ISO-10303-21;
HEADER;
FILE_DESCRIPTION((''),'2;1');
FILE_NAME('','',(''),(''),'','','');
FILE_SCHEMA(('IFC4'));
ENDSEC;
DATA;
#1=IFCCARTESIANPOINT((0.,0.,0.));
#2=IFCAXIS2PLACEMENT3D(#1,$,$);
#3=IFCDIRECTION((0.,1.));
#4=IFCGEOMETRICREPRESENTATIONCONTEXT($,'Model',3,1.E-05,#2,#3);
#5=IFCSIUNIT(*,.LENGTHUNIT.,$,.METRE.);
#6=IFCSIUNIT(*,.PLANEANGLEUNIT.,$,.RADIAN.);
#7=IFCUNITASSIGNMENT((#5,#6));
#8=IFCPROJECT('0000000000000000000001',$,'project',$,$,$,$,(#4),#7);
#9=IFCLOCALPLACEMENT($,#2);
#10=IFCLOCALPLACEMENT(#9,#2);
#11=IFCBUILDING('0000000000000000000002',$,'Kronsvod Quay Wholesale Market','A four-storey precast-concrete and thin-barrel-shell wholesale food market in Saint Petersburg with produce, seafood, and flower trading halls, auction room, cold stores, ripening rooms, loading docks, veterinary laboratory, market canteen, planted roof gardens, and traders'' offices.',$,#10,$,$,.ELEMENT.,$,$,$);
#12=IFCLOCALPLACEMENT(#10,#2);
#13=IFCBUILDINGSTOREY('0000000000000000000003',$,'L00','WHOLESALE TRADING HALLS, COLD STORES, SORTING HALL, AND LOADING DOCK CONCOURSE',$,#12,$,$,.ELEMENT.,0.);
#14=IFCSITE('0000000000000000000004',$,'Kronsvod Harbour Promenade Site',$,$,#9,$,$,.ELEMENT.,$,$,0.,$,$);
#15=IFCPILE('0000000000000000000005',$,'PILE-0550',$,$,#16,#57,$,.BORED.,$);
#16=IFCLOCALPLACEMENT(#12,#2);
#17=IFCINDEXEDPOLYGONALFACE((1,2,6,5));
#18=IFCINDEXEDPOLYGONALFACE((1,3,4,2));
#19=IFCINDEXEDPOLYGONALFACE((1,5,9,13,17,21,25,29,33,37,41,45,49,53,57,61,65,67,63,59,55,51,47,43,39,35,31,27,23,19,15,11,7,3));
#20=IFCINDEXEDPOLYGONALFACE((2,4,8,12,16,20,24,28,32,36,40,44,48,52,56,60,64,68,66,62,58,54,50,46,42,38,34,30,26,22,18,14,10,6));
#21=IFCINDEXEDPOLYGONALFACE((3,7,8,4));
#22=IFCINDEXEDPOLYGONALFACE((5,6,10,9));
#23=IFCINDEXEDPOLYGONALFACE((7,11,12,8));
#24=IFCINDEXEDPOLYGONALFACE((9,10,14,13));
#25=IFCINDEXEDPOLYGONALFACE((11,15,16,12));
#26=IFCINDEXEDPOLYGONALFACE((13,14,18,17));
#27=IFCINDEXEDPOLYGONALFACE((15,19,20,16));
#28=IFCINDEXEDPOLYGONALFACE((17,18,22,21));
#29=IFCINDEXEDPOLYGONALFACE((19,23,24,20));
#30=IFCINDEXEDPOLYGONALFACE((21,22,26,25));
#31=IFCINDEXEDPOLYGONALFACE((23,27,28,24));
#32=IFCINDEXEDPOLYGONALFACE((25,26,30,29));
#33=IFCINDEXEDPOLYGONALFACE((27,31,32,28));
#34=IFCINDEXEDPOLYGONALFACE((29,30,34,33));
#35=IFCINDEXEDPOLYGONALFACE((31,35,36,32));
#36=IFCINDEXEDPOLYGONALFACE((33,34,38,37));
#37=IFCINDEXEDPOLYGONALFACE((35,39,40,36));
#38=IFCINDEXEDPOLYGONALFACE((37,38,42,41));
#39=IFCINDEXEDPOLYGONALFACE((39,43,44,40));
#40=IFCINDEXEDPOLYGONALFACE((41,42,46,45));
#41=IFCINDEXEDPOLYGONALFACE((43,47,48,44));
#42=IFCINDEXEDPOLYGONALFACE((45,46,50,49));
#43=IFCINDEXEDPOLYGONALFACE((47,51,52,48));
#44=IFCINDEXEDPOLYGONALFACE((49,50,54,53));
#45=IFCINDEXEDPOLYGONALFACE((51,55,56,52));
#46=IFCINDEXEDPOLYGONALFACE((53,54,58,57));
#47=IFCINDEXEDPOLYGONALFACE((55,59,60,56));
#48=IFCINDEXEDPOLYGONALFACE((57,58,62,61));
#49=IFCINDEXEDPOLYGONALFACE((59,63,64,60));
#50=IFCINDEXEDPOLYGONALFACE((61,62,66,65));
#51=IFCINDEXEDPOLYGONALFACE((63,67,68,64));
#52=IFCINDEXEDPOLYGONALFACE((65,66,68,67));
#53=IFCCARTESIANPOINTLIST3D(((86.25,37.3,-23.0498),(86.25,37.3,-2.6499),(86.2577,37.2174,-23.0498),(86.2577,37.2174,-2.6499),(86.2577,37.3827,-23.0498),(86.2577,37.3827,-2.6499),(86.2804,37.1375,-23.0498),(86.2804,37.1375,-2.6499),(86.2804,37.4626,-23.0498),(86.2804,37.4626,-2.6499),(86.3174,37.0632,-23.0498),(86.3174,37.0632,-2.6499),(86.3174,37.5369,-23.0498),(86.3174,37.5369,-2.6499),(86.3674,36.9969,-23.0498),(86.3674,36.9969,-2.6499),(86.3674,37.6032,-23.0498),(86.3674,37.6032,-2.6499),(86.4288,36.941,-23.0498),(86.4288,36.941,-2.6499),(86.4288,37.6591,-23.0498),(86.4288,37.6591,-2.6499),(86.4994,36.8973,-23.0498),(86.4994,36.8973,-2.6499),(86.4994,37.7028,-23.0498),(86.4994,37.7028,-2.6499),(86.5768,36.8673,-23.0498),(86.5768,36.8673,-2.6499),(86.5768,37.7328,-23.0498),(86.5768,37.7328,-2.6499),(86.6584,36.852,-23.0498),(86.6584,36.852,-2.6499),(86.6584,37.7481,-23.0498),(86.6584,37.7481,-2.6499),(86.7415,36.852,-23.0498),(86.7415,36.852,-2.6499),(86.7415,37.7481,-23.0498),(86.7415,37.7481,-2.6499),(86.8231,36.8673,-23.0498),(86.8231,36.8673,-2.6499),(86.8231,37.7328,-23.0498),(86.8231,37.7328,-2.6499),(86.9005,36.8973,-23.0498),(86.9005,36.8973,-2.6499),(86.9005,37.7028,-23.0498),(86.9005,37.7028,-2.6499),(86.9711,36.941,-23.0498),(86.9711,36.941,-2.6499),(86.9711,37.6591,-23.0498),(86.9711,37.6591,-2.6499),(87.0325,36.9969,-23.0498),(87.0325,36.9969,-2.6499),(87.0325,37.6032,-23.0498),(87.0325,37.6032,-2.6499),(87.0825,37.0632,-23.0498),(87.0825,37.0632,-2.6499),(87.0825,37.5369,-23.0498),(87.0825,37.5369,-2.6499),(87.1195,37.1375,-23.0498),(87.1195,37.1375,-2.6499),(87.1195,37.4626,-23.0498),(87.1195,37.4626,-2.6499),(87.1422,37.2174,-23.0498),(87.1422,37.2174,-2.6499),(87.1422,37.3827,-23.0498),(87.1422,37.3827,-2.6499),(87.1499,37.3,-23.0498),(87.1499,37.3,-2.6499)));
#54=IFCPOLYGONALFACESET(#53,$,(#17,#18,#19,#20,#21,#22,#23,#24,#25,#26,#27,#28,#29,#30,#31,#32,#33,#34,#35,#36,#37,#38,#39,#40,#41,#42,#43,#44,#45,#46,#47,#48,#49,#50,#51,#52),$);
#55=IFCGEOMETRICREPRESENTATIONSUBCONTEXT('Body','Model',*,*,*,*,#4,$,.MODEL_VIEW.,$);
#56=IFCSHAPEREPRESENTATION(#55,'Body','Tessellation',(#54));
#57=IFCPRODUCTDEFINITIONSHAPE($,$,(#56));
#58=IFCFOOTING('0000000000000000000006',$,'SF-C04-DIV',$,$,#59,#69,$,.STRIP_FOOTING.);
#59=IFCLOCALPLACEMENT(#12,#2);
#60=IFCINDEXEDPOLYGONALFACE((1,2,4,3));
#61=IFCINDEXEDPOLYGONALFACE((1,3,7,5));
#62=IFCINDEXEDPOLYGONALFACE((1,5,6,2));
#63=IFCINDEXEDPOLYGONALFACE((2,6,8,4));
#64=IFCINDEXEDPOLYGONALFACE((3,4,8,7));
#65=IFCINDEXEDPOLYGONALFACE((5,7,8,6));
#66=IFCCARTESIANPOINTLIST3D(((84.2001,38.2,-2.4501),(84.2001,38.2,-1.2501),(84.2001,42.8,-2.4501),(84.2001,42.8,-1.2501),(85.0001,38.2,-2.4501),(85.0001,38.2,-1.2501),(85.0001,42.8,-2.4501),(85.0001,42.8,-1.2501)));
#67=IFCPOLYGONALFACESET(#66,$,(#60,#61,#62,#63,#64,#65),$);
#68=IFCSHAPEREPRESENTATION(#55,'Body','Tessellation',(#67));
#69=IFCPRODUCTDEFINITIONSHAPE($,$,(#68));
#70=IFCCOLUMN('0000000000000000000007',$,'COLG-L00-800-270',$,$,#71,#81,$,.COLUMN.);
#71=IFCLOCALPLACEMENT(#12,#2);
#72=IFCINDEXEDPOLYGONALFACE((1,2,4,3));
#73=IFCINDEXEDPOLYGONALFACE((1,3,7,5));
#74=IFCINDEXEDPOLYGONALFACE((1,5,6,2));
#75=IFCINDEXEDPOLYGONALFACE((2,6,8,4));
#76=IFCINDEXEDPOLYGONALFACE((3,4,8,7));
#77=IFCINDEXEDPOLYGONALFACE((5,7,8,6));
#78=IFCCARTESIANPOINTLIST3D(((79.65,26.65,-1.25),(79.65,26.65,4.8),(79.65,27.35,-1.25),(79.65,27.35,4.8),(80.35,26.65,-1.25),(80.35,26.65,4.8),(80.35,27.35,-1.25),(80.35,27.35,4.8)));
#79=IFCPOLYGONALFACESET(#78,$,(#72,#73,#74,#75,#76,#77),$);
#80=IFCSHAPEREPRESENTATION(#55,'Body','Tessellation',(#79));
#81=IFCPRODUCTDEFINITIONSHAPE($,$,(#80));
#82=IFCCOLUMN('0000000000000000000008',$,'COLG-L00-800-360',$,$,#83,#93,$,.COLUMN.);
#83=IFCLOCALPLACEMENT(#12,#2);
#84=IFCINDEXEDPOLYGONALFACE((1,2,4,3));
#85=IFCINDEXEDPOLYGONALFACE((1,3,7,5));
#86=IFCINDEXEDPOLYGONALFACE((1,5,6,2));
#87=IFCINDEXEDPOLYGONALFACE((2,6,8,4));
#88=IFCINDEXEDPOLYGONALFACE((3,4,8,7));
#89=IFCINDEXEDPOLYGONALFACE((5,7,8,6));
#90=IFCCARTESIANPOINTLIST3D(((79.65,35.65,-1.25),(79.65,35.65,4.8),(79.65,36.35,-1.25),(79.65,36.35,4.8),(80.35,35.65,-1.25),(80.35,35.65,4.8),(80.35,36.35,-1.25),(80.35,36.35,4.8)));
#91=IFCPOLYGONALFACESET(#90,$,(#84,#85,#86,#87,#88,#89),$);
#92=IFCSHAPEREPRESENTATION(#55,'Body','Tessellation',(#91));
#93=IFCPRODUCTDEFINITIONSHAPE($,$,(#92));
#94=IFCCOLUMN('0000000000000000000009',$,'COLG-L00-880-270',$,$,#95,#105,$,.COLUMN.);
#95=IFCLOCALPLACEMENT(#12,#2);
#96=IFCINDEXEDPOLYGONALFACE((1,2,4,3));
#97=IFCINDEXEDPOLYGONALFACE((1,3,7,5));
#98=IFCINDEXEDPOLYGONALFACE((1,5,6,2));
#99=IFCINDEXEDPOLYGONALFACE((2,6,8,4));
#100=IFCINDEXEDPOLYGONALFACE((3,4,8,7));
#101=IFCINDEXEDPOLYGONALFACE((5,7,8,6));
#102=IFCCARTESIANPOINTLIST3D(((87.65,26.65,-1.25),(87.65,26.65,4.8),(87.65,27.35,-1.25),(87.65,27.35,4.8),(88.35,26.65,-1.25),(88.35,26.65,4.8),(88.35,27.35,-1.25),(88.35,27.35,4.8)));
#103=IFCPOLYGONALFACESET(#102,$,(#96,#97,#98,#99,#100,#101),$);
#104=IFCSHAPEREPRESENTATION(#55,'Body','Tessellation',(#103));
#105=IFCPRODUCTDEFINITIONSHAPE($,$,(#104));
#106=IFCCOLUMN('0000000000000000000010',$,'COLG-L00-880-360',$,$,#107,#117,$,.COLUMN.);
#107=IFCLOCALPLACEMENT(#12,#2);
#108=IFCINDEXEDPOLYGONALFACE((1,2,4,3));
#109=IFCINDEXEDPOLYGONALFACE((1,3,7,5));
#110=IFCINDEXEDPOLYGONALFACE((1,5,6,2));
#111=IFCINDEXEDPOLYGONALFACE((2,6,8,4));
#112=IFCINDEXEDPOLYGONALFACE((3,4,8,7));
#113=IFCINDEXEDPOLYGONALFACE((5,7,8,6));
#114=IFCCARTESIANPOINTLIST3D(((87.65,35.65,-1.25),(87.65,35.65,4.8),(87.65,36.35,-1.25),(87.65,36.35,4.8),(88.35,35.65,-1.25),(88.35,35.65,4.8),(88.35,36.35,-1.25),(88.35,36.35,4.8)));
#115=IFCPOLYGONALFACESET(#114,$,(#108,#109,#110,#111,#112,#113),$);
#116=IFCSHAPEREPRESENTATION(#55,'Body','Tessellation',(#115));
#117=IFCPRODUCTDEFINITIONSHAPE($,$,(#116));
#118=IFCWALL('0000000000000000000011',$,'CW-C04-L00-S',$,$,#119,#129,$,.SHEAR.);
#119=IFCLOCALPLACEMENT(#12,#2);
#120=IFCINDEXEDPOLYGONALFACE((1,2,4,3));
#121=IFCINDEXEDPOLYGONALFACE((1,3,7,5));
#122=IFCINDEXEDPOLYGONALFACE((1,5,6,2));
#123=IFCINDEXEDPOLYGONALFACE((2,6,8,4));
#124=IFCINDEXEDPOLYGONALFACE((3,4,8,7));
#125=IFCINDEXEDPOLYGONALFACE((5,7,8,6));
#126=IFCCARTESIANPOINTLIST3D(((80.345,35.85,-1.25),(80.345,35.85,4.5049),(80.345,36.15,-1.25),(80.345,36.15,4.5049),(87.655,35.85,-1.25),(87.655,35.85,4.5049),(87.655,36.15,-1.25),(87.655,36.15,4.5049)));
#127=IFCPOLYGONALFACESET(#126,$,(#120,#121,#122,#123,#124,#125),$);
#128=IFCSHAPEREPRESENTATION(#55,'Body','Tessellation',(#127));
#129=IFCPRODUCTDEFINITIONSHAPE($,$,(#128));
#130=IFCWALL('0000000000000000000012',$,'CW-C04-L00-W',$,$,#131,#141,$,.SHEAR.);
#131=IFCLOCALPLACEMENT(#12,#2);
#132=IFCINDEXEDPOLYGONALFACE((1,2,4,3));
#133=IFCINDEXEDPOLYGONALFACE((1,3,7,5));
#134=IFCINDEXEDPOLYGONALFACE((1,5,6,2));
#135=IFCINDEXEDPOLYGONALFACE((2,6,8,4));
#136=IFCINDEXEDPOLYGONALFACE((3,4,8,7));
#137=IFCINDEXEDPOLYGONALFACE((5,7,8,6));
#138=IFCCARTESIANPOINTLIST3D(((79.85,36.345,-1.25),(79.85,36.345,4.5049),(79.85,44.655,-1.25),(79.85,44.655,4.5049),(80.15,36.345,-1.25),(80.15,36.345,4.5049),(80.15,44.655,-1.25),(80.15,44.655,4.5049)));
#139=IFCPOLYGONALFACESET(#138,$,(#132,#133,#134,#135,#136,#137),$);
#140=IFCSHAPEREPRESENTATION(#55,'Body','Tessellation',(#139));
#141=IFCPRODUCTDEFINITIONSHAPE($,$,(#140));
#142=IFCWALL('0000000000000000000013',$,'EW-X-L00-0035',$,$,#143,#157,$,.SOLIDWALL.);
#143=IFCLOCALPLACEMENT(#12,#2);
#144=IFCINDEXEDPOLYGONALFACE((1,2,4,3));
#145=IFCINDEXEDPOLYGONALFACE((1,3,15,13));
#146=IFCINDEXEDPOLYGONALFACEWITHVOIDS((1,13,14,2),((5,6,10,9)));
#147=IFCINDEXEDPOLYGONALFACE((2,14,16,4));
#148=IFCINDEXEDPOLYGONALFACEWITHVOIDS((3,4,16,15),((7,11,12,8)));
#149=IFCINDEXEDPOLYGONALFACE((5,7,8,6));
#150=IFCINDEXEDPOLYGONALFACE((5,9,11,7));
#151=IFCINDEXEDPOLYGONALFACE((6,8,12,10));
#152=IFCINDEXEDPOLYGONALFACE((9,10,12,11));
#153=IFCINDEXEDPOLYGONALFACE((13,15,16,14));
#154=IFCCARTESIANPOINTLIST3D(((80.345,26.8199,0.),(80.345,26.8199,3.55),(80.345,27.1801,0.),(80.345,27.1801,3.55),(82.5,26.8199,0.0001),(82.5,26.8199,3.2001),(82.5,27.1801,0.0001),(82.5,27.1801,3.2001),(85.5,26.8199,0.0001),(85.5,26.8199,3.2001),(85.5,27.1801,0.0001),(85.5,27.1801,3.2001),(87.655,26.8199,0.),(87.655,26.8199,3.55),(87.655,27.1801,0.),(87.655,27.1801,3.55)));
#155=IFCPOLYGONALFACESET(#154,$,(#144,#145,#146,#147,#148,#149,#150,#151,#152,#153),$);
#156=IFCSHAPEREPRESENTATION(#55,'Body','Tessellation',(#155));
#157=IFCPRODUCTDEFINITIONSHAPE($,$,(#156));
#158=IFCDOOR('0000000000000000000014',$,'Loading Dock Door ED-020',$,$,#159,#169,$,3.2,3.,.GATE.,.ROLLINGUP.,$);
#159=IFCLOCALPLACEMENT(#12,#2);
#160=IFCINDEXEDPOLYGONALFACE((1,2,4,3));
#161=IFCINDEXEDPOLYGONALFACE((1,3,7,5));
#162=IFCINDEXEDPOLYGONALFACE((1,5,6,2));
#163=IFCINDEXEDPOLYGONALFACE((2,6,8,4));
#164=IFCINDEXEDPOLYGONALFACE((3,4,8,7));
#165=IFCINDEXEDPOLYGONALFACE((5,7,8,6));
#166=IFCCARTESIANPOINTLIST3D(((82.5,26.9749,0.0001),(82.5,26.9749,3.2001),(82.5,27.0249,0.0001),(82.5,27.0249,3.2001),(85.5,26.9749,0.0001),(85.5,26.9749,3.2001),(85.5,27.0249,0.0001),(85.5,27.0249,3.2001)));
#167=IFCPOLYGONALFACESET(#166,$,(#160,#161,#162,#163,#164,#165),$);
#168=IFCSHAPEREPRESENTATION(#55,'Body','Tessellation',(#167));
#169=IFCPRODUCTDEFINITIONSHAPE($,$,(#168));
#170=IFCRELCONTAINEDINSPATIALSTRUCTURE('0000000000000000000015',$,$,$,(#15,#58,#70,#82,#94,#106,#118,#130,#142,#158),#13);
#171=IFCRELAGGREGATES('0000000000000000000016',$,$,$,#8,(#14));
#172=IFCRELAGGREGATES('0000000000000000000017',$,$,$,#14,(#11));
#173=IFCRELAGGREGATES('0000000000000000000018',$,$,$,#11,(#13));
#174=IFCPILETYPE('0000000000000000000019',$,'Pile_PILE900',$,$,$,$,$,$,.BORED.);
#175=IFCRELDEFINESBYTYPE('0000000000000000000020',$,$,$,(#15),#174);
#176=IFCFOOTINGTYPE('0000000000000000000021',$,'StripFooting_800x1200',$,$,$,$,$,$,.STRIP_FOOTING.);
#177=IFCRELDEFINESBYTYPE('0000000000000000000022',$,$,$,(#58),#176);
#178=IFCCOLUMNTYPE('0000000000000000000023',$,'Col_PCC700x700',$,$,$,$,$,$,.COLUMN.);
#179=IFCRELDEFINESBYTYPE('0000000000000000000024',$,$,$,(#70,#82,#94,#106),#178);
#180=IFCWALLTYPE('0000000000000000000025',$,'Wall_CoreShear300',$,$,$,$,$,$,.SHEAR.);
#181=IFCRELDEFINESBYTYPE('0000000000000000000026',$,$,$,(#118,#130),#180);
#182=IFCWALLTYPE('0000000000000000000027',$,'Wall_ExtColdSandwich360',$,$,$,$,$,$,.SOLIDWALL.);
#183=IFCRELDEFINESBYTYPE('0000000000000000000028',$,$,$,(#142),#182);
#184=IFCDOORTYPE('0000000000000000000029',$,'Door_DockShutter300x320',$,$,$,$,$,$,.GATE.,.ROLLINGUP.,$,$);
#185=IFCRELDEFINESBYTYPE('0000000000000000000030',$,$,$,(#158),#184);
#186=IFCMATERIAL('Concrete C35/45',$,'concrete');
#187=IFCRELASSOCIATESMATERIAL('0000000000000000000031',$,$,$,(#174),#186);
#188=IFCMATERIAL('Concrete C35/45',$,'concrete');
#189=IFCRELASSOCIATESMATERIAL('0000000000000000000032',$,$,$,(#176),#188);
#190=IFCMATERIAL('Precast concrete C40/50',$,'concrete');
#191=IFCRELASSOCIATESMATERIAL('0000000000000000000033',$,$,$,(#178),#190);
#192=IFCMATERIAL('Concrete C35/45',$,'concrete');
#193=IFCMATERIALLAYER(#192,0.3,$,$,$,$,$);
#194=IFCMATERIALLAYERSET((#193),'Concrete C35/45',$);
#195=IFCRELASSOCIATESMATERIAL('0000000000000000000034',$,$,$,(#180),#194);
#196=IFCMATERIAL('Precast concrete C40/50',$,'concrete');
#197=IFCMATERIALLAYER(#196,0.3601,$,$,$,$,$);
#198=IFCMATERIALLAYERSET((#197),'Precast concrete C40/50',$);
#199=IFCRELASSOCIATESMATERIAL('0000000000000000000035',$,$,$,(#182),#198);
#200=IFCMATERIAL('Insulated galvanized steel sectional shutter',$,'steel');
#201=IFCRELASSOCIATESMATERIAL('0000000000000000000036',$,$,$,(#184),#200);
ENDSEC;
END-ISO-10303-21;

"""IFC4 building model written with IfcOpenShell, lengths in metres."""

from ifc_helpers import new_model, si_unit, direction, frame, frame_2d, origin, origin_2d, place, context, subcontext, project, spatial, rectangle, circle, extrude, material, layer, layer_set, material_profile, profile_set, type_object, element, fill, save


model = new_model("IFC4")

# Units and contexts
model_context = context("Model", 3, precision=1e-05, world=origin(), true_north=direction((0.0, 1.0)))
body_context = subcontext(model_context, "Body", "Model", "MODEL_VIEW")
ifc_project = project(units=[si_unit("LENGTHUNIT", "METRE"), si_unit("PLANEANGLEUNIT", "RADIAN")], contexts=[model_context])

# Site, building, storey
site_placement = place(None, origin())
site = spatial("IfcSite", under=ifc_project, at=site_placement, Name="Kronsvod Harbour Promenade Site", CompositionType="ELEMENT", RefElevation=0.0)
building_placement = place(site_placement, origin())
building = spatial("IfcBuilding", under=site, at=building_placement, Name="Kronsvod Quay Wholesale Market", Description="A four-storey precast-concrete and thin-barrel-shell wholesale food market in Saint Petersburg with produce, seafood, and flower trading halls, auction room, cold stores, ripening rooms, loading docks, veterinary laboratory, market canteen, planted roof gardens, and traders' offices.", CompositionType="ELEMENT")
storey_placement = place(building_placement, origin())
storey = spatial("IfcBuildingStorey", under=building, at=storey_placement, Name="L00", Description="WHOLESALE TRADING HALLS, COLD STORES, SORTING HALL, AND LOADING DOCK CONCOURSE", CompositionType="ELEMENT", Elevation=0.0)

# Pile
ifc_material_1 = material(Name="Concrete C35/45", Category="concrete")
ifc_material_profile_1 = material_profile(ifc_material_1, circle(Radius=0.45, at=origin_2d()), Name="PILE900")
ifc_profile_set_1 = profile_set([ifc_material_profile_1], Name="Concrete C35/45")
pile_type_1 = type_object("IfcPileType", Name="Pile_PILE900", PredefinedType="BORED", material=ifc_profile_set_1)
for number, where, z_axis, x_axis, name in (
    (1, (86.7, 37.3, -2.6499), (0.0, 0.0, -1.0), (1.0, 0.0, 0.0), "PILE-0550"),
):
    element("IfcPile", number, at=place(storey_placement, frame(where, z_axis=z_axis, x_axis=x_axis)), inside=storey, type_object=pile_type_1, Name=name, PredefinedType="BORED", context=body_context, shape_type="SweptSolid", body=[
        extrude(circle(Radius=0.45, at=origin_2d()), origin(), (0.0, 0.0, 1.0), 20.3999),
    ])

# Footing
ifc_material_2 = material(Name="Concrete C35/45", Category="concrete")
ifc_material_profile_2 = material_profile(ifc_material_2, rectangle(XDim=0.8, YDim=1.2, at=origin_2d()), Name="SF-01")
ifc_profile_set_2 = profile_set([ifc_material_profile_2], Name="Concrete C35/45")
footing_type_1 = type_object("IfcFootingType", Name="StripFooting_800x1200", PredefinedType="STRIP_FOOTING", material=ifc_profile_set_2)
footing_1_placement = place(storey_placement, frame((84.6001, 38.2, -1.8501), z_axis=(0.0, 1.0, 0.0), x_axis=(-1.0, 0.0, 0.0)))
element("IfcFooting", 2, at=footing_1_placement, inside=storey, type_object=footing_type_1, Name="SF-C04-DIV", PredefinedType="STRIP_FOOTING", context=body_context, shape_type="SweptSolid", body=[
    extrude(rectangle(XDim=0.8, YDim=1.2, at=origin_2d()), origin(), (0.0, 0.0, 1.0), 4.6001),
])

# Columns
ifc_material_3 = material(Name="Precast concrete C40/50", Category="concrete")
ifc_material_profile_3 = material_profile(ifc_material_3, rectangle(XDim=0.7, YDim=0.7, at=origin_2d()), Name="PCC700x700")
ifc_profile_set_3 = profile_set([ifc_material_profile_3], Name="Precast concrete C40/50")
column_type = type_object("IfcColumnType", Name="Col_PCC700x700", PredefinedType="COLUMN", material=ifc_profile_set_3)
for number, where, z_axis, x_axis, name in (
    (3, (80.0, 27.0, -1.25), (0.0, 0.0, 1.0), (1.0, 0.0, 0.0), "COLG-L00-800-270"),
    (4, (80.0, 36.0, -1.25), (0.0, 0.0, 1.0), (1.0, 0.0, 0.0), "COLG-L00-800-360"),
    (5, (88.0, 27.0, -1.25), (0.0, 0.0, 1.0), (1.0, 0.0, 0.0), "COLG-L00-880-270"),
    (6, (88.0, 36.0, -1.25), (0.0, 0.0, 1.0), (1.0, 0.0, 0.0), "COLG-L00-880-360"),
):
    element("IfcColumn", number, at=place(storey_placement, frame(where, z_axis=z_axis, x_axis=x_axis)), inside=storey, type_object=column_type, Name=name, PredefinedType="COLUMN", context=body_context, shape_type="SweptSolid", body=[
        extrude(rectangle(XDim=0.7, YDim=0.7, at=origin_2d()), origin(), (0.0, 0.0, 1.0), 6.05),
    ])

# Walls
ifc_material_4 = material(Name="Concrete C35/45", Category="concrete")
ifc_layer_1 = layer(ifc_material_4, 0.3)
ifc_layer_set_1 = layer_set([ifc_layer_1], Name="Concrete C35/45")
wall_type_1 = type_object("IfcWallType", Name="Wall_CoreShear300", PredefinedType="SHEAR", material=ifc_layer_set_1)
wall_1_placement = place(storey_placement, frame((80.345, 36.0, -1.25), z_axis=(0.0, 0.0, 1.0), x_axis=(1.0, 0.0, 0.0)))
element("IfcWall", 7, at=wall_1_placement, inside=storey, type_object=wall_type_1, Name="CW-C04-L00-S", PredefinedType="SHEAR", context=body_context, shape_type="SweptSolid", body=[
    extrude(rectangle(XDim=7.3101, YDim=0.3, at=frame_2d((3.655, 0.0))), origin(), (0.0, 0.0, 1.0), 5.7549),
])
wall_2_placement = place(storey_placement, frame((80.0, 36.345, -1.25), z_axis=(0.0, 0.0, 1.0), x_axis=(0.0, 1.0, 0.0)))
element("IfcWall", 8, at=wall_2_placement, inside=storey, type_object=wall_type_1, Name="CW-C04-L00-W", PredefinedType="SHEAR", context=body_context, shape_type="SweptSolid", body=[
    extrude(rectangle(XDim=8.3101, YDim=0.3, at=frame_2d((4.155, 0.0))), origin(), (0.0, 0.0, 1.0), 5.7549),
])

# Wall, opening, door
ifc_material_5 = material(Name="Precast concrete C40/50", Category="concrete")
ifc_layer_2 = layer(ifc_material_5, 0.3601)
ifc_layer_set_2 = layer_set([ifc_layer_2], Name="Precast concrete C40/50")
wall_type_2 = type_object("IfcWallType", Name="Wall_ExtColdSandwich360", PredefinedType="SOLIDWALL", material=ifc_layer_set_2)
wall_3_placement = place(storey_placement, frame((80.345, 27.0, 0.0), z_axis=(0.0, 0.0, 1.0), x_axis=(1.0, 0.0, 0.0)))
wall_3 = element("IfcWall", 9, at=wall_3_placement, inside=storey, type_object=wall_type_2, Name="EW-X-L00-0035", PredefinedType="SOLIDWALL", context=body_context, shape_type="SweptSolid", body=[
    extrude(rectangle(XDim=7.3101, YDim=0.3601, at=frame_2d((3.655, 0.0))), origin(), (0.0, 0.0, 1.0), 3.55),
])
opening_1_placement = place(wall_3_placement, frame((2.155, 0.0, 0.0)))
opening_1 = element("IfcOpeningElement", 10, at=opening_1_placement, cuts=wall_3, PredefinedType="OPENING", context=body_context, shape_type="SweptSolid", body=[
    extrude(rectangle(XDim=3.0, YDim=3.2, at=frame_2d((1.5, 1.6001))), frame((0.0, 0.1899, 0.0), z_axis=(0.0, -1.0, 0.0), x_axis=(1.0, 0.0, 0.0)), (0.0, 0.0, 1.0), 0.3801),
])
ifc_material_6 = material(Name="Insulated galvanized steel sectional shutter", Category="steel")
door_type_1 = type_object("IfcDoorType", Name="Door_DockShutter300x320", OperationType="ROLLINGUP", PredefinedType="GATE", material=ifc_material_6)
door_1_placement = place(opening_1_placement, origin())
door_1 = element("IfcDoor", 11, at=door_1_placement, inside=storey, type_object=door_type_1, Name="Loading Dock Door ED-020", OperationType="ROLLINGUP", OverallHeight=3.2, OverallWidth=3.0, PredefinedType="GATE", context=body_context, shape_type="SweptSolid", body=[
    extrude(rectangle(XDim=3.0, YDim=3.2, at=frame_2d((1.5, 1.6001))), frame((0.0, 0.0249, 0.0), z_axis=(0.0, -1.0, 0.0), x_axis=(1.0, 0.0, 0.0)), (0.0, 0.0, 1.0), 0.05),
])
fill(opening_1, door_1)

save(model, "model.ifc")
